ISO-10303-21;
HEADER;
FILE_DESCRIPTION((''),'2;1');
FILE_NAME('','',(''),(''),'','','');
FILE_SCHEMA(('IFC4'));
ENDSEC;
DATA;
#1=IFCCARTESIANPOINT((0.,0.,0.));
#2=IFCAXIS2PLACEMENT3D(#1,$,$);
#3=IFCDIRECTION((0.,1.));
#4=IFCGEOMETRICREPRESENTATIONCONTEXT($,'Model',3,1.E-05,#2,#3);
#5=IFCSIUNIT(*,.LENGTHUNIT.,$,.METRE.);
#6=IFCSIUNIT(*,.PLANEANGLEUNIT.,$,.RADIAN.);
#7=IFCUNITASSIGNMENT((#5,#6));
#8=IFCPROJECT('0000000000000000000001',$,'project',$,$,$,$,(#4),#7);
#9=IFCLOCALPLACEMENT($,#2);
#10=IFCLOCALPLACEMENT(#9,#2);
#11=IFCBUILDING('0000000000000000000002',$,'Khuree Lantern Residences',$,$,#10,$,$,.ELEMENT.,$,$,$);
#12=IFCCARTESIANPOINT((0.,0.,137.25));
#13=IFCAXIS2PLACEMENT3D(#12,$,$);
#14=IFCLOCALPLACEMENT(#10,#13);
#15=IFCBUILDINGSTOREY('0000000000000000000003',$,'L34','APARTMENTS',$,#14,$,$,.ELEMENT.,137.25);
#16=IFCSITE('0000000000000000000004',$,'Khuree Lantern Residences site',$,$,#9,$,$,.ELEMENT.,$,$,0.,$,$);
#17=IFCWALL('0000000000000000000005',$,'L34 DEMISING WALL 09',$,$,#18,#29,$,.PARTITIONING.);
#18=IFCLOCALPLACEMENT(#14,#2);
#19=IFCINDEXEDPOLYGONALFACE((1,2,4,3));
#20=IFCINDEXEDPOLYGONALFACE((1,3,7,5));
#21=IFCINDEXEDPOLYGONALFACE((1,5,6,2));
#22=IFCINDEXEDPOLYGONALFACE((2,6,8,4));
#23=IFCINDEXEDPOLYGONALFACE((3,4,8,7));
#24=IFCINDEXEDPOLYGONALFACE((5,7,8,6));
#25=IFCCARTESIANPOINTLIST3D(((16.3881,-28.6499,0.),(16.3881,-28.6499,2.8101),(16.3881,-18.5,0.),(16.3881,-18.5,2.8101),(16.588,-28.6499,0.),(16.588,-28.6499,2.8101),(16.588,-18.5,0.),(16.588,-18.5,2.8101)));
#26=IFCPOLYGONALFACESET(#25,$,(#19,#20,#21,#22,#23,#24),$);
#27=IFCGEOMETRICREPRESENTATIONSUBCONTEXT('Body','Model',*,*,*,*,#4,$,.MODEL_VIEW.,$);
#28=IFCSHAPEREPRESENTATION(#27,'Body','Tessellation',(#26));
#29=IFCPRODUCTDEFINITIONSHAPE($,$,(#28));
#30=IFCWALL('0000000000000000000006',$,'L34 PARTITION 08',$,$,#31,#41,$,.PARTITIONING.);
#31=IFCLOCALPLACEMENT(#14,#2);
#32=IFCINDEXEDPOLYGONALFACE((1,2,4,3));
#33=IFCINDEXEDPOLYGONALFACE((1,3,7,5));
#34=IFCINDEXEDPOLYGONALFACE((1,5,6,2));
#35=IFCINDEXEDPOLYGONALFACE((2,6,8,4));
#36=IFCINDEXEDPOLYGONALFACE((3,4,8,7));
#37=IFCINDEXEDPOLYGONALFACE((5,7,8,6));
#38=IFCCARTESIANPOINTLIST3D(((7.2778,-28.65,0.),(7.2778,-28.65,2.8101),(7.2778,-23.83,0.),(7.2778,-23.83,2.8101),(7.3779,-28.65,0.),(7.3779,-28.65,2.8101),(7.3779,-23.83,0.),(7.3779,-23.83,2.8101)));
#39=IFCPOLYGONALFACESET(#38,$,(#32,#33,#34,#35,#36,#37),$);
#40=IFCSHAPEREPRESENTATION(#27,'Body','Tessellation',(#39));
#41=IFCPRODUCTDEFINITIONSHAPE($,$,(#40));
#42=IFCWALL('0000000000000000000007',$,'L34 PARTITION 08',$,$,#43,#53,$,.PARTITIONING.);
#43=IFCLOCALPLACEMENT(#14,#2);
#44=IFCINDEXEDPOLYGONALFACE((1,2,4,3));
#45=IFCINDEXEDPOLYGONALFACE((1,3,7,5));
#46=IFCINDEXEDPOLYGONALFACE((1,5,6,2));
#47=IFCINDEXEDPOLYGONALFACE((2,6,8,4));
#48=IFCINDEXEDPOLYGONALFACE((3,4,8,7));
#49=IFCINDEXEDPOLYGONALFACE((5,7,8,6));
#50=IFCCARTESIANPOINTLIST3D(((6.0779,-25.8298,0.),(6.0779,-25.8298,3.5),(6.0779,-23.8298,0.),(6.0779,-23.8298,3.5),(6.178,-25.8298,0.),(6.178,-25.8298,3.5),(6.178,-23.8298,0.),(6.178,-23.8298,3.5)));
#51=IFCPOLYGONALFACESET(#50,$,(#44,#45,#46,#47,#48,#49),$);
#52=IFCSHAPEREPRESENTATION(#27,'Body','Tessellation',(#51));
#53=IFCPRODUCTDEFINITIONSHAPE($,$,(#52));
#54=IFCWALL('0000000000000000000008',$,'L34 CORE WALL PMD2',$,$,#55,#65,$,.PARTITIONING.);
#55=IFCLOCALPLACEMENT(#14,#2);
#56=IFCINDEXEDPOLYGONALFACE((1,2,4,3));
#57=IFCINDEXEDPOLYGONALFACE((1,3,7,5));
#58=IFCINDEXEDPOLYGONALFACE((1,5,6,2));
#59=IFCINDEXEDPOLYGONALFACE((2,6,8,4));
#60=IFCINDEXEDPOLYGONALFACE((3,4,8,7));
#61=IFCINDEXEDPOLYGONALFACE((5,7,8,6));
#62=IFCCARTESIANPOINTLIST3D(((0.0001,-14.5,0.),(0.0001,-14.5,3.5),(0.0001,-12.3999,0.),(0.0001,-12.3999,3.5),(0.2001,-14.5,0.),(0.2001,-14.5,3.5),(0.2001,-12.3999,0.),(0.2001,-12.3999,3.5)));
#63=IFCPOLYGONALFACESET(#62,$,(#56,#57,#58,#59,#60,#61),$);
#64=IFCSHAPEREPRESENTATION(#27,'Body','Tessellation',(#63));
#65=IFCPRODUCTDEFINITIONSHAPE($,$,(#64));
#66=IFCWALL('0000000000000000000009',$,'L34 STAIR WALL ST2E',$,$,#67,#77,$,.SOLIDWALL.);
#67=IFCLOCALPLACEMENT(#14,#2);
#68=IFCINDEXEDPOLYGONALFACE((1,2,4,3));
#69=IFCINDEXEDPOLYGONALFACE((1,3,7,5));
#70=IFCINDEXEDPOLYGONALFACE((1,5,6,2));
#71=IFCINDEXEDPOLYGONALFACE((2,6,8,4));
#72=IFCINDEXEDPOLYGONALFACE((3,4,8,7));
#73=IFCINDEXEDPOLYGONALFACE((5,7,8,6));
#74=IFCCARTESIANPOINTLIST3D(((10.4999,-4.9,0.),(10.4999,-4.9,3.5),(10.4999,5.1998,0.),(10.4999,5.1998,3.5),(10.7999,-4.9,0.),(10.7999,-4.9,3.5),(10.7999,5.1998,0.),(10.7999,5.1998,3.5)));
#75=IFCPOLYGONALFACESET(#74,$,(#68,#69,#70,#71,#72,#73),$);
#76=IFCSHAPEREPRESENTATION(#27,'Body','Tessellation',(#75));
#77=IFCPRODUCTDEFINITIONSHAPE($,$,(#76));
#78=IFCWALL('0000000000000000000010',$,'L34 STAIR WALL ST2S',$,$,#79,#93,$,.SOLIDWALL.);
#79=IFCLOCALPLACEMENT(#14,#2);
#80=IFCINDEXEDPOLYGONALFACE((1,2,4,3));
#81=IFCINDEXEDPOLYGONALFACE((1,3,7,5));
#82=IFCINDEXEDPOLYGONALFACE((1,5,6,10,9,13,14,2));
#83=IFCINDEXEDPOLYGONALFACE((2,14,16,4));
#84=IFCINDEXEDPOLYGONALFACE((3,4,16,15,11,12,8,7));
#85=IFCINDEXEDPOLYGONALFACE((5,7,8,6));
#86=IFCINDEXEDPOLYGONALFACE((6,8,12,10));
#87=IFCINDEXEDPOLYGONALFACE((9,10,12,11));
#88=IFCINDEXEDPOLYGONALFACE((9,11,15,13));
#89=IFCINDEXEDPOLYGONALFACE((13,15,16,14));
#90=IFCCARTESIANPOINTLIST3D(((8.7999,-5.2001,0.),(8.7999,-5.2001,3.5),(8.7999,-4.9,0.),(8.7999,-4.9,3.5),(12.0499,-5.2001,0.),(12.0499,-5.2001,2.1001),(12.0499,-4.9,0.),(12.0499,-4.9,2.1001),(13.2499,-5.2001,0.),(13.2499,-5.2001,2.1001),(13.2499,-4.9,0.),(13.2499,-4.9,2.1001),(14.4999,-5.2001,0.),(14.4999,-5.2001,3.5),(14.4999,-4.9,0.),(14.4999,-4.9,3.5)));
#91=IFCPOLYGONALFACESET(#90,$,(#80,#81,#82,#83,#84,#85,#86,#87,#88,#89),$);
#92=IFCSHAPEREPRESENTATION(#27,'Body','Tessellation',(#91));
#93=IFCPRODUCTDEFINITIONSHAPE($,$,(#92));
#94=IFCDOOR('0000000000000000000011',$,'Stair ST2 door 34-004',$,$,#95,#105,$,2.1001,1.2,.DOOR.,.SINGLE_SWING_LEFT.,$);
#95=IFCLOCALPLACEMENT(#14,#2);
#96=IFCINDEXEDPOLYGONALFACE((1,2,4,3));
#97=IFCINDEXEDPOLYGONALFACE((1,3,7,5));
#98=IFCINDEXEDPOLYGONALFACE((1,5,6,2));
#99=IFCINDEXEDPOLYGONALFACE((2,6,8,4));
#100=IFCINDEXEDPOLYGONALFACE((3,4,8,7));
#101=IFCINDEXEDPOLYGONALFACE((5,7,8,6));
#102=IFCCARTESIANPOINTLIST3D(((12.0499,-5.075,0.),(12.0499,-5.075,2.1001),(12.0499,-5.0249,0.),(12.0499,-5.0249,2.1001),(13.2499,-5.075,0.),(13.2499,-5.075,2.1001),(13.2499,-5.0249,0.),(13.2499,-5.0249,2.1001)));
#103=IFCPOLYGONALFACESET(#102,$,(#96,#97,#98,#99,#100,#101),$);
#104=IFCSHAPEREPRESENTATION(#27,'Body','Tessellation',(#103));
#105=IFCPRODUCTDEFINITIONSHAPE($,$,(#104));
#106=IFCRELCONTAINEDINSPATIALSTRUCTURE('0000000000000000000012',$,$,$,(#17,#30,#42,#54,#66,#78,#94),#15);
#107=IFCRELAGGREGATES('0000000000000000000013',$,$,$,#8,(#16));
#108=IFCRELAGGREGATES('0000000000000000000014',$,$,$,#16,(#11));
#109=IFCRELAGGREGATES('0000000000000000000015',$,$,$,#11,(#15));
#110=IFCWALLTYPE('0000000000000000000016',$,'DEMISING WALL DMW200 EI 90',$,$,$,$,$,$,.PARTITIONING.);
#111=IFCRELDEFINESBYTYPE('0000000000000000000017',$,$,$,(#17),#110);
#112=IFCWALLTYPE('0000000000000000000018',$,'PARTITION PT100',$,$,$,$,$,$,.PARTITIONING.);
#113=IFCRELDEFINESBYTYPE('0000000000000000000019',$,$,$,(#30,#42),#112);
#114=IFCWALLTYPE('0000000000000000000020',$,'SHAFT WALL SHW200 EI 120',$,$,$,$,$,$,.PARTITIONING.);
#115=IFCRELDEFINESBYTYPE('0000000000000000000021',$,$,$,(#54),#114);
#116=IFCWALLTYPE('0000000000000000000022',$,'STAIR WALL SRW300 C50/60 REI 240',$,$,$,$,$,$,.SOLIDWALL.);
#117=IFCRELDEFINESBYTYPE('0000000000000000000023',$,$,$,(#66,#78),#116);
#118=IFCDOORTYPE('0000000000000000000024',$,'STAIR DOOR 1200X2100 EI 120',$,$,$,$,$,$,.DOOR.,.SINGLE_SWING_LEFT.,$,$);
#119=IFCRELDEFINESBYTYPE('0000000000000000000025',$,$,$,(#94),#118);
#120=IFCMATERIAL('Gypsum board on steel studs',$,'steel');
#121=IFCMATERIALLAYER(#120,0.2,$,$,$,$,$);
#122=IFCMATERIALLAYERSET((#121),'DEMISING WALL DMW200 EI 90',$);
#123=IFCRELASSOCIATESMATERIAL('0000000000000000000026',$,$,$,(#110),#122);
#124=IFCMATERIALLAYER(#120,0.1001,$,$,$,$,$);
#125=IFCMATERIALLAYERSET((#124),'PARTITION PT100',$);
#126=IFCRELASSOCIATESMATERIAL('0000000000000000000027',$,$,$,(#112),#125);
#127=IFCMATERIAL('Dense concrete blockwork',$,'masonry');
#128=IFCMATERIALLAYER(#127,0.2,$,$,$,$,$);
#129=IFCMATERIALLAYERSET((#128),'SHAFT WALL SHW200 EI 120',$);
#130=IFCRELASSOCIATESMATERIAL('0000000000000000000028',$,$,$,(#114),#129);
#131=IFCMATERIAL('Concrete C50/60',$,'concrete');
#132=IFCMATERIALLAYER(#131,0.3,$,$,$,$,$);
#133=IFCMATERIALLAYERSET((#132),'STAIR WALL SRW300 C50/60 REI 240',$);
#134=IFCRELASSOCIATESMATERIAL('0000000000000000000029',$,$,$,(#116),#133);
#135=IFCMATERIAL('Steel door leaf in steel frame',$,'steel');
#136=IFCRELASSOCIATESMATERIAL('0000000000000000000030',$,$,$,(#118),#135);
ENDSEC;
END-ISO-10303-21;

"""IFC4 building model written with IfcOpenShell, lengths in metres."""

from ifc_helpers import new_model, si_unit, direction, frame, frame_2d, origin, place, context, subcontext, project, spatial, rectangle, extrude, material, layer, layer_set, type_object, element, fill, save


model = new_model("IFC4")

# Units and contexts
model_context = context("Model", 3, precision=1e-05, world=origin(), true_north=direction((0.0, 1.0)))
body_context = subcontext(model_context, "Body", "Model", "MODEL_VIEW")
ifc_project = project(units=[si_unit("LENGTHUNIT", "METRE"), si_unit("PLANEANGLEUNIT", "RADIAN")], contexts=[model_context])

# Site, building, storey
site_placement = place(None, origin())
site = spatial("IfcSite", under=ifc_project, at=site_placement, Name="Khuree Lantern Residences site", CompositionType="ELEMENT", RefElevation=0.0)
building_placement = place(site_placement, origin())
building = spatial("IfcBuilding", under=site, at=building_placement, Name="Khuree Lantern Residences", CompositionType="ELEMENT")
storey_placement = place(building_placement, frame((0.0, 0.0, 137.25)))
storey = spatial("IfcBuildingStorey", under=building, at=storey_placement, Name="L34", Description="APARTMENTS", CompositionType="ELEMENT", Elevation=137.25)

# Shared definitions
ifc_material_1 = material(Name="Dense concrete blockwork", Category="masonry")

# Shared definitions
ifc_material_2 = material(Name="Gypsum board on steel studs", Category="steel")

# Shared definitions
ifc_material_3 = material(Name="Steel door leaf in steel frame", Category="steel")

# Walls
ifc_layer_1 = layer(ifc_material_2, 0.2)
ifc_layer_set_1 = layer_set([ifc_layer_1], Name="DEMISING WALL DMW200 EI 90")
wall_type_1 = type_object("IfcWallType", Name="DEMISING WALL DMW200 EI 90", PredefinedType="PARTITIONING", material=ifc_layer_set_1)
wall_1_placement = place(storey_placement, frame((16.488, -18.5, 0.0), z_axis=(0.0, 0.0, 1.0), x_axis=(0.0, -1.0, 0.0)))
element("IfcWall", 1, at=wall_1_placement, inside=storey, type_object=wall_type_1, Name="L34 DEMISING WALL 09", PredefinedType="PARTITIONING", context=body_context, shape_type="SweptSolid", body=[
    extrude(rectangle(XDim=10.1499, YDim=0.2, at=frame_2d((5.075, 0.0))), origin(), (0.0, 0.0, 1.0), 2.8101),
])
ifc_layer_2 = layer(ifc_material_2, 0.1001)
ifc_layer_set_2 = layer_set([ifc_layer_2], Name="PARTITION PT100")
wall_type_2 = type_object("IfcWallType", Name="PARTITION PT100", PredefinedType="PARTITIONING", material=ifc_layer_set_2)
wall_2_placement = place(storey_placement, frame((7.3279, -23.8298, 0.0), z_axis=(0.0, 0.0, 1.0), x_axis=(0.0, -1.0, 0.0)))
element("IfcWall", 2, at=wall_2_placement, inside=storey, type_object=wall_type_2, Name="L34 PARTITION 08", PredefinedType="PARTITIONING", context=body_context, shape_type="SweptSolid", body=[
    extrude(rectangle(XDim=4.8201, YDim=0.1001, at=frame_2d((2.4102, 0.0))), origin(), (0.0, 0.0, 1.0), 2.8101),
])
wall_3_placement = place(storey_placement, frame((6.1279, -23.8298, 0.0), z_axis=(0.0, 0.0, 1.0), x_axis=(0.0, -1.0, 0.0)))
element("IfcWall", 3, at=wall_3_placement, inside=storey, type_object=wall_type_2, Name="L34 PARTITION 08", PredefinedType="PARTITIONING", context=body_context, shape_type="SweptSolid", body=[
    extrude(rectangle(XDim=2.0, YDim=0.1001, at=frame_2d((1.0, 0.0))), origin(), (0.0, 0.0, 1.0), 3.5),
])
ifc_layer_3 = layer(ifc_material_1, 0.2)
ifc_layer_set_3 = layer_set([ifc_layer_3], Name="SHAFT WALL SHW200 EI 120")
wall_type_3 = type_object("IfcWallType", Name="SHAFT WALL SHW200 EI 120", PredefinedType="PARTITIONING", material=ifc_layer_set_3)
wall_4_placement = place(storey_placement, frame((0.1001, -14.5, 0.0), z_axis=(0.0, 0.0, 1.0), x_axis=(0.0, 1.0, 0.0)))
element("IfcWall", 4, at=wall_4_placement, inside=storey, type_object=wall_type_3, Name="L34 CORE WALL PMD2", PredefinedType="PARTITIONING", context=body_context, shape_type="SweptSolid", body=[
    extrude(rectangle(XDim=2.1001, YDim=0.2, at=frame_2d((1.05, 0.0))), origin(), (0.0, 0.0, 1.0), 3.5),
])
ifc_material_4 = material(Name="Concrete C50/60", Category="concrete")
ifc_layer_4 = layer(ifc_material_4, 0.3)
ifc_layer_set_4 = layer_set([ifc_layer_4], Name="STAIR WALL SRW300 C50/60 REI 240")
wall_type_4 = type_object("IfcWallType", Name="STAIR WALL SRW300 C50/60 REI 240", PredefinedType="SOLIDWALL", material=ifc_layer_set_4)
wall_5_placement = place(storey_placement, frame((10.6499, -4.8999, 0.0), z_axis=(0.0, 0.0, 1.0), x_axis=(0.0, 1.0, 0.0)))
element("IfcWall", 5, at=wall_5_placement, inside=storey, type_object=wall_type_4, Name="L34 STAIR WALL ST2E", PredefinedType="SOLIDWALL", context=body_context, shape_type="SweptSolid", body=[
    extrude(rectangle(XDim=10.0999, YDim=0.3, at=frame_2d((5.0498, 0.0))), origin(), (0.0, 0.0, 1.0), 3.5),
])

# Wall, opening, door
wall_6_placement = place(storey_placement, frame((14.5, -5.05, 0.0), z_axis=(0.0, 0.0, 1.0), x_axis=(-1.0, 0.0, 0.0)))
wall_6 = element("IfcWall", 6, at=wall_6_placement, inside=storey, type_object=wall_type_4, Name="L34 STAIR WALL ST2S", PredefinedType="SOLIDWALL", context=body_context, shape_type="SweptSolid", body=[
    extrude(rectangle(XDim=5.7, YDim=0.3, at=frame_2d((2.8501, 0.0))), origin(), (0.0, 0.0, 1.0), 3.5),
])
opening_1_placement = place(wall_6_placement, frame((1.25, 0.0, 0.0)))
opening_1 = element("IfcOpeningElement", 7, at=opening_1_placement, cuts=wall_6, PredefinedType="OPENING", context=body_context, shape_type="SweptSolid", body=[
    extrude(rectangle(XDim=1.2, YDim=2.1001, at=frame_2d((0.6001, 1.05))), frame((0.0, 0.1602, 0.0), z_axis=(0.0, -1.0, 0.0), x_axis=(1.0, 0.0, 0.0)), (0.0, 0.0, 1.0), 0.3201),
])
door_type_1 = type_object("IfcDoorType", Name="STAIR DOOR 1200X2100 EI 120", OperationType="SINGLE_SWING_LEFT", PredefinedType="DOOR", material=ifc_material_3)
door_1_placement = place(opening_1_placement, origin())
door_1 = element("IfcDoor", 8, at=door_1_placement, inside=storey, type_object=door_type_1, Name="Stair ST2 door 34-004", OperationType="SINGLE_SWING_LEFT", OverallHeight=2.1001, OverallWidth=1.2, PredefinedType="DOOR", context=body_context, shape_type="SweptSolid", body=[
    extrude(rectangle(XDim=1.2, YDim=2.1001, at=frame_2d((0.6001, 1.05))), frame((0.0, 0.0249, 0.0), z_axis=(0.0, -1.0, 0.0), x_axis=(1.0, 0.0, 0.0)), (0.0, 0.0, 1.0), 0.05),
])
fill(opening_1, door_1)

save(model, "model.ifc")
